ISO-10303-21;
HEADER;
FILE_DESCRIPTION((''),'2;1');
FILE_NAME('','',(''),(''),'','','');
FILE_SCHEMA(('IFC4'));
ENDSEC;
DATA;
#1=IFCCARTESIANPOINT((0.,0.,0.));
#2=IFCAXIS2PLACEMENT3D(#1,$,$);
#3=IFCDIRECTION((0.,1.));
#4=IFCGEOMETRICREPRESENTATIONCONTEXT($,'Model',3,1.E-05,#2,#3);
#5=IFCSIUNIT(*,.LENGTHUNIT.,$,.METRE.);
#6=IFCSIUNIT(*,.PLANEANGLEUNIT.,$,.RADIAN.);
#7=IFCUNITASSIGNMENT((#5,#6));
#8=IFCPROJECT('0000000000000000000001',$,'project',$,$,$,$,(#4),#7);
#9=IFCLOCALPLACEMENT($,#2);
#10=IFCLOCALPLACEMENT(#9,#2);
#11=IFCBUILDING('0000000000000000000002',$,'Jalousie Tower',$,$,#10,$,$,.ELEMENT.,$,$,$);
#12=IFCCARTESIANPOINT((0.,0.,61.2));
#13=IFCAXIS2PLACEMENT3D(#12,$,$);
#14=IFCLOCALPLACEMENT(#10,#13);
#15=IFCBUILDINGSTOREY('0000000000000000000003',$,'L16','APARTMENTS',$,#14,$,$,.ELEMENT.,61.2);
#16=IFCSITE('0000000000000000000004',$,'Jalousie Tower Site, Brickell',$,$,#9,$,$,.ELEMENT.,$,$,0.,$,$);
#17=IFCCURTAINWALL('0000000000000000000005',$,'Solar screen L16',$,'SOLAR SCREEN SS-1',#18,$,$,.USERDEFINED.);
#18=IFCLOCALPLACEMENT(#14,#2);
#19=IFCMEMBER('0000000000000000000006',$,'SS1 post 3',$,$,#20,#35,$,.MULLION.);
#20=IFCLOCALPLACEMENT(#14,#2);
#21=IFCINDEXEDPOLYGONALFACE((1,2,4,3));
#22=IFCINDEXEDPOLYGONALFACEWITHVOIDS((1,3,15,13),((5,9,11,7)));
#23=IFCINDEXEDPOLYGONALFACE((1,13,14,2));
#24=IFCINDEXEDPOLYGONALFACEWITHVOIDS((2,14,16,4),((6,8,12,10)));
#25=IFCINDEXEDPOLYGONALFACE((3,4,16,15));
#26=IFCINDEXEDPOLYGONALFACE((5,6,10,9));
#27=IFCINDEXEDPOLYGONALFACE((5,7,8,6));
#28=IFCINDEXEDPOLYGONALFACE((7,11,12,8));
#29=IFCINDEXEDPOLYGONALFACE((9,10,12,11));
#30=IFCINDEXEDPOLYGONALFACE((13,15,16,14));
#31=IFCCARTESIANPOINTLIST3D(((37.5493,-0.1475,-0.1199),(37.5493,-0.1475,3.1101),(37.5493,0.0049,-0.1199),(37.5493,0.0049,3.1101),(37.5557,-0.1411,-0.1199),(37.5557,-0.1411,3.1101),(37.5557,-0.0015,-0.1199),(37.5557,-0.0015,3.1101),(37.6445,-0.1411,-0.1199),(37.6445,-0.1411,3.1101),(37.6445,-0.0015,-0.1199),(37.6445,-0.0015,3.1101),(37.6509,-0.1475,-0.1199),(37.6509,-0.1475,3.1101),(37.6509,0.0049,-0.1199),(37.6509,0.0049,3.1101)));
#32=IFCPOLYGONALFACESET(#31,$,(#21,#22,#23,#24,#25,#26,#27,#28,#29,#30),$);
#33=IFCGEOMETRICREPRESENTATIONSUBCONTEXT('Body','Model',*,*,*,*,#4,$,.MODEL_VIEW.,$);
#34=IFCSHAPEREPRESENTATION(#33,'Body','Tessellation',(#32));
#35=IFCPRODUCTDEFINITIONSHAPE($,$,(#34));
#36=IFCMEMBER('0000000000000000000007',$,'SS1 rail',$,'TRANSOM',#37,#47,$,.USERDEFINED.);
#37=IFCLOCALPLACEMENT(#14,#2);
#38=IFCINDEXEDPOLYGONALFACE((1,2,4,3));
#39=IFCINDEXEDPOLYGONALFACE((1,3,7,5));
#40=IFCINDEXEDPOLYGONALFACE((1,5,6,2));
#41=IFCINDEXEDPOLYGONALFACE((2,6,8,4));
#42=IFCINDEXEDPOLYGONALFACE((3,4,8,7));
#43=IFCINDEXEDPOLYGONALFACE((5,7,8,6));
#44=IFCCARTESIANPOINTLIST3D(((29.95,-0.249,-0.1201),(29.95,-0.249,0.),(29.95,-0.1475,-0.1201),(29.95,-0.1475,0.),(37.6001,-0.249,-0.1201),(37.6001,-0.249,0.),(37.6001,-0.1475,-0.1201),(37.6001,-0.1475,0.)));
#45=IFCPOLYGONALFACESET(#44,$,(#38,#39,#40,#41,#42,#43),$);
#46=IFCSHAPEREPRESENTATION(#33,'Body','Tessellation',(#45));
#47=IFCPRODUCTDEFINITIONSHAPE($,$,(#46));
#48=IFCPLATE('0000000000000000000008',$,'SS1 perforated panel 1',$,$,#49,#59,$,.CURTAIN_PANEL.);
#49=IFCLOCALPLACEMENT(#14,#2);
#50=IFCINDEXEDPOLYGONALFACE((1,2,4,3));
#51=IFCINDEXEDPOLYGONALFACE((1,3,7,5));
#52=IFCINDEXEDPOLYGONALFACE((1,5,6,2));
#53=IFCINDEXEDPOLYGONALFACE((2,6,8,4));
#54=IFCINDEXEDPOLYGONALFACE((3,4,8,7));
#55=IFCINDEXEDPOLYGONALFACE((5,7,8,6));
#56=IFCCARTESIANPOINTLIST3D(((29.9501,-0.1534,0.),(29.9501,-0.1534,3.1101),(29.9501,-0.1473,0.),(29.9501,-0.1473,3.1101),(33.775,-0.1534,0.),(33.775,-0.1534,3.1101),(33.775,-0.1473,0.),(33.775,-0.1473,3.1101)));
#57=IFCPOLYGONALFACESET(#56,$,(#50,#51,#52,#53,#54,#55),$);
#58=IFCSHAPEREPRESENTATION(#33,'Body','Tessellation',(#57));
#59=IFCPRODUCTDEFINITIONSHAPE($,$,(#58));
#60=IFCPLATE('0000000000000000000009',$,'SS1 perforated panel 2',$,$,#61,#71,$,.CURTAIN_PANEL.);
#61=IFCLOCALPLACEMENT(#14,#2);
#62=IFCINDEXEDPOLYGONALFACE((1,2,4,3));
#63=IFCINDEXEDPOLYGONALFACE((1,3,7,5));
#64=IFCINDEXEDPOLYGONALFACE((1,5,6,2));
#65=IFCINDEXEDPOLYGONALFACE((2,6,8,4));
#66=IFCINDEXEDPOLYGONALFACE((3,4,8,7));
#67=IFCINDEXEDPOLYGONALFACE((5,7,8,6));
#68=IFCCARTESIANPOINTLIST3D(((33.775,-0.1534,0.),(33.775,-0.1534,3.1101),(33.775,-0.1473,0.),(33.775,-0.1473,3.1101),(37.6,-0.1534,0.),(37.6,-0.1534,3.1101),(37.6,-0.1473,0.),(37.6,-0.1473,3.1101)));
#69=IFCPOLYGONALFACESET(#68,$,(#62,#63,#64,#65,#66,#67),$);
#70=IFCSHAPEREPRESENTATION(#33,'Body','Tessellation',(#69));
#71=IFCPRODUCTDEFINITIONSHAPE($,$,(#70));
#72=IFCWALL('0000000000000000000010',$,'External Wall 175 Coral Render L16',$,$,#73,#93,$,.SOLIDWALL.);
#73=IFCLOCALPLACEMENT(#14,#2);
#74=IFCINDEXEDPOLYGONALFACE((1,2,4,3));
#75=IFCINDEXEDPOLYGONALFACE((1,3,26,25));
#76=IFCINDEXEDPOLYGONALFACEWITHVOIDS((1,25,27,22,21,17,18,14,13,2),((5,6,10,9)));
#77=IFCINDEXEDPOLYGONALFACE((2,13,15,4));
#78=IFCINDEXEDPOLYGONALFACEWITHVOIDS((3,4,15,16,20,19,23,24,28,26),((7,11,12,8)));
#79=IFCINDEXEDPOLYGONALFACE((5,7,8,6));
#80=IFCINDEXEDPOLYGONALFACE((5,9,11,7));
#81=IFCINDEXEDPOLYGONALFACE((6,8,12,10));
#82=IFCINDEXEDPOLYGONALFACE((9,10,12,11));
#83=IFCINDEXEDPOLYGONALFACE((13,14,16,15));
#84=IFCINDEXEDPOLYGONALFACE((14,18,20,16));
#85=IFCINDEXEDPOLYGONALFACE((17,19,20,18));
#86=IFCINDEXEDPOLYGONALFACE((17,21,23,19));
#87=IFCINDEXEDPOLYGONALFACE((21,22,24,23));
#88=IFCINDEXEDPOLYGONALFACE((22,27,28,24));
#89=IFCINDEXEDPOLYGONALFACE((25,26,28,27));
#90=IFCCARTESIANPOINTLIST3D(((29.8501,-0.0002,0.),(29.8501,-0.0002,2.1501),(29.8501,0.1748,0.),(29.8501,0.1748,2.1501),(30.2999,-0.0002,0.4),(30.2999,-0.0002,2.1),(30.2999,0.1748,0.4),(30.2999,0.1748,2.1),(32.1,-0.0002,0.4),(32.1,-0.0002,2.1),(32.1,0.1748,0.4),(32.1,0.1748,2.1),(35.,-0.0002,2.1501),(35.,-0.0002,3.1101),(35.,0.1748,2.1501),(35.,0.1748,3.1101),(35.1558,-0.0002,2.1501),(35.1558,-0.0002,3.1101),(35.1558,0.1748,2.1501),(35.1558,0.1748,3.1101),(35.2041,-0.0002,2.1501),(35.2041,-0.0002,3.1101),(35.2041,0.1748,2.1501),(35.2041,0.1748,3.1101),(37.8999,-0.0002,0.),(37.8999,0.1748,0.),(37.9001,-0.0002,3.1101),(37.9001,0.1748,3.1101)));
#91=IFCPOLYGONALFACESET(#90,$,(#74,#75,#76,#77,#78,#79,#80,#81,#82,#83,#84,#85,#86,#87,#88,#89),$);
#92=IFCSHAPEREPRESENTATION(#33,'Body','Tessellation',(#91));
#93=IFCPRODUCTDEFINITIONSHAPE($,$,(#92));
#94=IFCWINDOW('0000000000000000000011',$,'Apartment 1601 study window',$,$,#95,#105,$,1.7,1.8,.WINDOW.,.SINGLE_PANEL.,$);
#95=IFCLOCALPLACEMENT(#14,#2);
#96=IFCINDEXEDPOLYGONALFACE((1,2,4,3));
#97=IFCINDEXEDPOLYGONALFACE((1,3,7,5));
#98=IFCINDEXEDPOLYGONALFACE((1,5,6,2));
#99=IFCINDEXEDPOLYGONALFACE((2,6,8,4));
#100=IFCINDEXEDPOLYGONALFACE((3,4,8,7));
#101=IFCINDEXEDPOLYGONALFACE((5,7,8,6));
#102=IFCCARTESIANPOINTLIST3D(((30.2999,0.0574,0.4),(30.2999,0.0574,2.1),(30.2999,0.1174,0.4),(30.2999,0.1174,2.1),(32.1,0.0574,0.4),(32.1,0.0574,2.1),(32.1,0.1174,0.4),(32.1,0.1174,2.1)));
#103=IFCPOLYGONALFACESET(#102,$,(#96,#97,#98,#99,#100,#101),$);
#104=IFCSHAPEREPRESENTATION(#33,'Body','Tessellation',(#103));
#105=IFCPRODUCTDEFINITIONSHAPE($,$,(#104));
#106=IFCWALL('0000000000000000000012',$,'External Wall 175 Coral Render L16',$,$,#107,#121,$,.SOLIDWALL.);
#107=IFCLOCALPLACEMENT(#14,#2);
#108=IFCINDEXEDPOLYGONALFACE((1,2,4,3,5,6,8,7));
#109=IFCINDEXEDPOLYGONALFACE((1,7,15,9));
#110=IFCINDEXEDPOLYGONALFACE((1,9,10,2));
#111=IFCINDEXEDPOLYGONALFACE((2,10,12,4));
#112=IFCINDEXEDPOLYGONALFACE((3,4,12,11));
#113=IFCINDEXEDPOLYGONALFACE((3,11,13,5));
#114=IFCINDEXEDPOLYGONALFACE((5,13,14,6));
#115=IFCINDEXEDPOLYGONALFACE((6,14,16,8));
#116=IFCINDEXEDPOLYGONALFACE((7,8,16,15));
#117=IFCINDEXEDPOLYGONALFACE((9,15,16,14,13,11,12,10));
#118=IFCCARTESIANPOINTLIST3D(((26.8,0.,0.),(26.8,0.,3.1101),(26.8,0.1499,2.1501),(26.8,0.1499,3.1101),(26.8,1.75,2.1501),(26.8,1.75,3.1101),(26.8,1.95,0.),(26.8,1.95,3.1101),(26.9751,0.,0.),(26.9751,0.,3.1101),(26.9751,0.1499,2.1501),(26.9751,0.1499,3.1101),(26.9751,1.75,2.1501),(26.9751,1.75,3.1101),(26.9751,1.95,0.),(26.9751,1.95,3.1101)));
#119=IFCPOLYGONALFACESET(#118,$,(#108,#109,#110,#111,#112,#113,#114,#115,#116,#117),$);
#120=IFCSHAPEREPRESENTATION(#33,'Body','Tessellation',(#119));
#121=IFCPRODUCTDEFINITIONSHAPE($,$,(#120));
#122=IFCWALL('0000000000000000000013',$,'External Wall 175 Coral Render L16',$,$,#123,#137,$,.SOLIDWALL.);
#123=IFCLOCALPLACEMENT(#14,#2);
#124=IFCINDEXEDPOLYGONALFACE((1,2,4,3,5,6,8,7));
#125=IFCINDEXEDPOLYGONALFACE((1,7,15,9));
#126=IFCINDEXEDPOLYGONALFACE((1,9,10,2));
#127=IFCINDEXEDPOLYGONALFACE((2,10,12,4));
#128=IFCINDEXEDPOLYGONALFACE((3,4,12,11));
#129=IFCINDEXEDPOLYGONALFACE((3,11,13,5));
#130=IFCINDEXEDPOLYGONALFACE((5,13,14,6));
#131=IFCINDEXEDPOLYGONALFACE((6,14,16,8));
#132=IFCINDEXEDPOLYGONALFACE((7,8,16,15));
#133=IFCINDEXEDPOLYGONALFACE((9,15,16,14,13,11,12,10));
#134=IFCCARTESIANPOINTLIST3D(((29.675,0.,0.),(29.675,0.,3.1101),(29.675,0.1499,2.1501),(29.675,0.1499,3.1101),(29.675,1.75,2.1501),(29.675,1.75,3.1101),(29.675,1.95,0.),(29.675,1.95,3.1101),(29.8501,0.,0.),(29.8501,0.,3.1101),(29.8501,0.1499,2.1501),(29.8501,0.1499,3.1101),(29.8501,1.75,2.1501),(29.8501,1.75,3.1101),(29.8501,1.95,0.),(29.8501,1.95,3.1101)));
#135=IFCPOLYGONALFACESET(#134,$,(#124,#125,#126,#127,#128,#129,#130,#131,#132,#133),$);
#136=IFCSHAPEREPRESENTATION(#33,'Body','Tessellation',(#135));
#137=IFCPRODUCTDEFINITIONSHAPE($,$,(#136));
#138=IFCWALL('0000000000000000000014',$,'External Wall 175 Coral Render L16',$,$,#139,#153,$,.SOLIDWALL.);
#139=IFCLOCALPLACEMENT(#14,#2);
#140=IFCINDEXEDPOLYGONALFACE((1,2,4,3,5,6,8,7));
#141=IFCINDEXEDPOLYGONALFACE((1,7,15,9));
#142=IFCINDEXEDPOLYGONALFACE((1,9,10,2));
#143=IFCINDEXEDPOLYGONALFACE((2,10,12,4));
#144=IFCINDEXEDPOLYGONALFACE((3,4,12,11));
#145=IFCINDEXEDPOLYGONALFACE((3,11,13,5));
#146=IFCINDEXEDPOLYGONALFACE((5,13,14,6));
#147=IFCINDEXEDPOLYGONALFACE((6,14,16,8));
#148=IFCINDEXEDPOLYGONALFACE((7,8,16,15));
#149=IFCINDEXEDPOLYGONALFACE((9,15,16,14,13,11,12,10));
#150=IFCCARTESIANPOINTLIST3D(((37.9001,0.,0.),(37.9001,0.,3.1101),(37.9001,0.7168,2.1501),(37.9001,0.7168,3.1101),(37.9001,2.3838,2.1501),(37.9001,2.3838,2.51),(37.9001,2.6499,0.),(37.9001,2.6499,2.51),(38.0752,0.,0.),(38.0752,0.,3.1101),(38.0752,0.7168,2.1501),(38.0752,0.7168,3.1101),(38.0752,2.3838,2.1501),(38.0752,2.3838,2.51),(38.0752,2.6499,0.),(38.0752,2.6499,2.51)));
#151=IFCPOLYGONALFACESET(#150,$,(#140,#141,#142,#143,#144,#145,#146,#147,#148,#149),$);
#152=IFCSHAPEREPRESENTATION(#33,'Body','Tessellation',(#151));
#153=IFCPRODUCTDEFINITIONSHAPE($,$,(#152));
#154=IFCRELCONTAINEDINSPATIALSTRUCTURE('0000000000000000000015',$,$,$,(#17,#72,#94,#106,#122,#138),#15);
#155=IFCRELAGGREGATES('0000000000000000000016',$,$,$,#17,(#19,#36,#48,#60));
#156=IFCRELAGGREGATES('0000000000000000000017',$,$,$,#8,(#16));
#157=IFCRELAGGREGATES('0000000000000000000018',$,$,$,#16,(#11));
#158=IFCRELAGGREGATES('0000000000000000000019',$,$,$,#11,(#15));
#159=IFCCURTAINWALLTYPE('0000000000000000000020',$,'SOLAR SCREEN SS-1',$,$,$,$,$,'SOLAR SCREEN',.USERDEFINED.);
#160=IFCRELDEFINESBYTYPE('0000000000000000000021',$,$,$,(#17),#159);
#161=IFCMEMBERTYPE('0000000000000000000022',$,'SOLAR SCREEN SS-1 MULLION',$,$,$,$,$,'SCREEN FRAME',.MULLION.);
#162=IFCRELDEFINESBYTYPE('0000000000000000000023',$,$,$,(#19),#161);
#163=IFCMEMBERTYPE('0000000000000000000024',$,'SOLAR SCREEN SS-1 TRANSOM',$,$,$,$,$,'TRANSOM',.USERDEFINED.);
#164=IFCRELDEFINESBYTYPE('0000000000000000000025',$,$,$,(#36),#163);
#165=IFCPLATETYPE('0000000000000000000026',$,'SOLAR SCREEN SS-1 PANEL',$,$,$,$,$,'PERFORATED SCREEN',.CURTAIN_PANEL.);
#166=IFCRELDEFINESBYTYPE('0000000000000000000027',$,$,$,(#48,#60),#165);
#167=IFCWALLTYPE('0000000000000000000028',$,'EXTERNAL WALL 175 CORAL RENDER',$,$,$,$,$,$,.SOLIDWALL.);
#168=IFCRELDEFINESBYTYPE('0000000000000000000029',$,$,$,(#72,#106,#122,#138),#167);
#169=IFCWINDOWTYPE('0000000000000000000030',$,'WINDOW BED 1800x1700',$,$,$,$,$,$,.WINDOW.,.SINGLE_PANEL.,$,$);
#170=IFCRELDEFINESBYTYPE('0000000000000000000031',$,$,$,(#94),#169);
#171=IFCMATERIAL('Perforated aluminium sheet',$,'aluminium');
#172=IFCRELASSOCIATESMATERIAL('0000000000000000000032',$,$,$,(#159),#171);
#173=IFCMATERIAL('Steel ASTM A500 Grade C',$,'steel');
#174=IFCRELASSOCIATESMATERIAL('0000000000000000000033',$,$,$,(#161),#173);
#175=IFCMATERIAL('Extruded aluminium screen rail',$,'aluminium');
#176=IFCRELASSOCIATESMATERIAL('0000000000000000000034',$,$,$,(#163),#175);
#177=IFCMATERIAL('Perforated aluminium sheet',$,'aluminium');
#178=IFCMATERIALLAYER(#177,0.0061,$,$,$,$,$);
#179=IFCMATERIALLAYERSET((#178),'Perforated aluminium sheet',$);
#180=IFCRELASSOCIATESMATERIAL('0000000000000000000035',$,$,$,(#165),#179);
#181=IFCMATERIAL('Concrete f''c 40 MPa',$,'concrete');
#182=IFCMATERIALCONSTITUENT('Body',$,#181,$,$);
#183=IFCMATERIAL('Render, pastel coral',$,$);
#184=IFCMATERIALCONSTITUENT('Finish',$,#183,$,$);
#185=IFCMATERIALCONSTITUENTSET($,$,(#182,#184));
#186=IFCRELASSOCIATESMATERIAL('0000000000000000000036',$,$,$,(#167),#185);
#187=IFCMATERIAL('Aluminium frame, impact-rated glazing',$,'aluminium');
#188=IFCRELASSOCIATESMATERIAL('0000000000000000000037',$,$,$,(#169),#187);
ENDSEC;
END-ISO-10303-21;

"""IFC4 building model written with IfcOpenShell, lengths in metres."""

from ifc_helpers import new_model, si_unit, direction, frame, frame_2d, origin, origin_2d, place, context, subcontext, project, spatial, polyline, rectangle, hollow_rectangle, outline, extrude, material, layer, layer_set, constituent, constituent_set, material_profile, profile_set, type_object, element, fill, aggregate, save


model = new_model("IFC4")

# Units and contexts
model_context = context("Model", 3, precision=1e-05, world=origin(), true_north=direction((0.0, 1.0)))
body_context = subcontext(model_context, "Body", "Model", "MODEL_VIEW")
ifc_project = project(units=[si_unit("LENGTHUNIT", "METRE"), si_unit("PLANEANGLEUNIT", "RADIAN")], contexts=[model_context])

# Site, building, storey
site_placement = place(None, origin())
site = spatial("IfcSite", under=ifc_project, at=site_placement, Name="Jalousie Tower Site, Brickell", CompositionType="ELEMENT", RefElevation=0.0)
building_placement = place(site_placement, origin())
building = spatial("IfcBuilding", under=site, at=building_placement, Name="Jalousie Tower", CompositionType="ELEMENT")
storey_placement = place(building_placement, frame((0.0, 0.0, 61.2)))
storey = spatial("IfcBuildingStorey", under=building, at=storey_placement, Name="L16", Description="APARTMENTS", CompositionType="ELEMENT", Elevation=61.2)

# Shared definitions
ifc_material_1 = material(Name="Perforated aluminium sheet", Category="aluminium")
curtain_wall_type = type_object("IfcCurtainWallType", Name="SOLAR SCREEN SS-1", ElementType="SOLAR SCREEN", PredefinedType="USERDEFINED", material=ifc_material_1)
ifc_material_2 = material(Name="Steel ASTM A500 Grade C", Category="steel")
ifc_material_profile_1 = material_profile(ifc_material_2, hollow_rectangle(XDim=0.1016, YDim=0.1523, WallThickness=0.0063, at=origin_2d()), Name="HSS6X4X1/4")
ifc_profile_set_1 = profile_set([ifc_material_profile_1], Name="Steel ASTM A500 Grade C")
member_type_1 = type_object("IfcMemberType", Name="SOLAR SCREEN SS-1 MULLION", ElementType="SCREEN FRAME", PredefinedType="MULLION", material=ifc_profile_set_1)

# Curtain wall, members, plates
curtain_wall_1_placement = place(storey_placement, origin())
curtain_wall_1 = element("IfcCurtainWall", 1, at=curtain_wall_1_placement, inside=storey, type_object=curtain_wall_type, Name="Solar screen L16", ObjectType="SOLAR SCREEN SS-1", PredefinedType="USERDEFINED")
member_1_placement = place(storey_placement, frame((37.6001, -0.0713, -0.1199), z_axis=(0.0, 0.0, 1.0), x_axis=(1.0, 0.0, 0.0)))
member_1 = element("IfcMember", 2, at=member_1_placement, type_object=member_type_1, Name="SS1 post 3", PredefinedType="MULLION", context=body_context, shape_type="SweptSolid", body=[
    extrude(hollow_rectangle(XDim=0.1016, YDim=0.1523, WallThickness=0.0063, at=origin_2d()), origin(), (0.0, 0.0, 1.0), 3.23),
])
ifc_material_3 = material(Name="Extruded aluminium screen rail", Category="aluminium")
ifc_material_profile_2 = material_profile(ifc_material_3, rectangle(XDim=0.1016, YDim=0.1201, at=origin_2d()), Name="RAIL 102x120")
ifc_profile_set_2 = profile_set([ifc_material_profile_2], Name="Extruded aluminium screen rail")
member_type_2 = type_object("IfcMemberType", Name="SOLAR SCREEN SS-1 TRANSOM", ElementType="TRANSOM", PredefinedType="USERDEFINED", material=ifc_profile_set_2)
member_2_placement = place(storey_placement, frame((29.95, -0.1982, -0.0601), z_axis=(1.0, 0.0, 0.0), x_axis=(0.0, 1.0, 0.0)))
member_2 = element("IfcMember", 3, at=member_2_placement, type_object=member_type_2, Name="SS1 rail", ObjectType="TRANSOM", PredefinedType="USERDEFINED", context=body_context, shape_type="SweptSolid", body=[
    extrude(rectangle(XDim=0.1016, YDim=0.1201, at=origin_2d()), origin(), (0.0, 0.0, 1.0), 7.6501),
])
ifc_material_4 = material(Name="Perforated aluminium sheet", Category="aluminium")
ifc_layer_1 = layer(ifc_material_4, 0.0061)
ifc_layer_set_1 = layer_set([ifc_layer_1], Name="Perforated aluminium sheet")
plate_type = type_object("IfcPlateType", Name="SOLAR SCREEN SS-1 PANEL", ElementType="PERFORATED SCREEN", PredefinedType="CURTAIN_PANEL", material=ifc_layer_set_1)
plate_1_placement = place(storey_placement, frame((31.8625, -0.1504, 0.0), z_axis=(0.0, 0.0, 1.0), x_axis=(1.0, 0.0, 0.0)))
plate_1 = element("IfcPlate", 4, at=plate_1_placement, type_object=plate_type, Name="SS1 perforated panel 1", PredefinedType="CURTAIN_PANEL", context=body_context, shape_type="SweptSolid", body=[
    extrude(rectangle(XDim=3.825, YDim=0.0061, at=origin_2d()), origin(), (0.0, 0.0, 1.0), 3.1101),
])
plate_2_placement = place(storey_placement, frame((35.6875, -0.1504, 0.0), z_axis=(0.0, 0.0, 1.0), x_axis=(1.0, 0.0, 0.0)))
plate_2 = element("IfcPlate", 5, at=plate_2_placement, type_object=plate_type, Name="SS1 perforated panel 2", PredefinedType="CURTAIN_PANEL", context=body_context, shape_type="SweptSolid", body=[
    extrude(rectangle(XDim=3.825, YDim=0.0061, at=origin_2d()), origin(), (0.0, 0.0, 1.0), 3.1101),
])
aggregate(curtain_wall_1, [member_1, member_2, plate_1, plate_2])

# Wall, opening, window
ifc_material_5 = material(Name="Concrete f'c 40 MPa", Category="concrete")
ifc_constituent_1 = constituent(ifc_material_5, Name="Body")
ifc_material_6 = material(Name="Render, pastel coral")
ifc_constituent_2 = constituent(ifc_material_6, Name="Finish")
ifc_constituent_set_1 = constituent_set(constituents=[ifc_constituent_1, ifc_constituent_2])
wall_type_1 = type_object("IfcWallType", Name="EXTERNAL WALL 175 CORAL RENDER", PredefinedType="SOLIDWALL", material=ifc_constituent_set_1)
wall_1_placement = place(storey_placement, frame((29.8501, 0.0874, 0.0), z_axis=(0.0, 0.0, 1.0), x_axis=(1.0, 0.0, 0.0)))
wall_1 = element("IfcWall", 6, at=wall_1_placement, inside=storey, type_object=wall_type_1, Name="External Wall 175 Coral Render L16", PredefinedType="SOLIDWALL", context=body_context, shape_type="SweptSolid", body=[
    extrude(outline(polyline([(0.0, 0.0), (8.0498, 0.0), (8.05, 3.1101), (5.354, 3.1101), (5.354, 2.1501), (5.3057, 2.1501), (5.3057, 3.1101), (5.1499, 3.1101), (5.1499, 2.1501), (0.0, 2.1501), (0.0, 0.0)])), frame((0.0, 0.0874, 0.0), z_axis=(0.0, -1.0, 0.0), x_axis=(1.0, 0.0, 0.0)), (0.0, 0.0, 1.0), 0.175),
])
opening_1_placement = place(wall_1_placement, frame((0.45, 0.0, 0.3999)))
opening_1 = element("IfcOpeningElement", 7, at=opening_1_placement, cuts=wall_1, PredefinedType="OPENING", context=body_context, shape_type="SweptSolid", body=[
    extrude(rectangle(XDim=1.8, YDim=1.7, at=frame_2d((0.8999, 0.8501))), frame((0.0, 0.0974, 0.0), z_axis=(0.0, -1.0, 0.0), x_axis=(1.0, 0.0, 0.0)), (0.0, 0.0, 1.0), 0.1951),
])
ifc_material_7 = material(Name="Aluminium frame, impact-rated glazing", Category="aluminium")
window_type = type_object("IfcWindowType", Name="WINDOW BED 1800x1700", PartitioningType="SINGLE_PANEL", PredefinedType="WINDOW", material=ifc_material_7)
window_placement = place(opening_1_placement, origin())
window = element("IfcWindow", 8, at=window_placement, inside=storey, type_object=window_type, Name="Apartment 1601 study window", OverallHeight=1.7, OverallWidth=1.8, PartitioningType="SINGLE_PANEL", PredefinedType="WINDOW", context=body_context, shape_type="SweptSolid", body=[
    extrude(rectangle(XDim=1.8, YDim=1.7, at=frame_2d((0.8999, 0.8501))), frame((0.0, 0.03, 0.0), z_axis=(0.0, -1.0, 0.0), x_axis=(1.0, 0.0, 0.0)), (0.0, 0.0, 1.0), 0.0601),
])
fill(opening_1, window)

# Walls
for number, where, z_axis, x_axis, name in (
    (9, (26.8875, 0.0, 0.0), (0.0, 0.0, 1.0), (0.0, 1.0, 0.0), "External Wall 175 Coral Render L16"),
    (10, (29.7625, 0.0, 0.0), (0.0, 0.0, 1.0), (0.0, 1.0, 0.0), "External Wall 175 Coral Render L16"),
):
    element("IfcWall", number, at=place(storey_placement, frame(where, z_axis=z_axis, x_axis=x_axis)), inside=storey, type_object=wall_type_1, Name=name, PredefinedType="SOLIDWALL", context=body_context, shape_type="SweptSolid", body=[
        extrude(outline(polyline([(0.0, 0.0), (1.95, 0.0), (1.95, 3.1101), (1.75, 3.1101), (1.75, 2.1501), (0.1499, 2.1501), (0.1499, 3.1101), (0.0, 3.1101), (0.0, 0.0)])), frame((0.0, 0.0874, 0.0), z_axis=(0.0, -1.0, 0.0), x_axis=(1.0, 0.0, 0.0)), (0.0, 0.0, 1.0), 0.175),
    ])
wall_2_placement = place(storey_placement, frame((37.9875, 0.0, 0.0), z_axis=(0.0, 0.0, 1.0), x_axis=(0.0, 1.0, 0.0)))
element("IfcWall", 11, at=wall_2_placement, inside=storey, type_object=wall_type_1, Name="External Wall 175 Coral Render L16", PredefinedType="SOLIDWALL", context=body_context, shape_type="SweptSolid", body=[
    extrude(outline(polyline([(0.0, 0.0), (2.6499, 0.0), (2.6499, 2.51), (2.3838, 2.51), (2.3838, 2.1501), (0.7168, 2.1501), (0.7168, 3.1101), (0.0, 3.1101), (0.0, 0.0)])), frame((0.0, 0.0874, 0.0), z_axis=(0.0, -1.0, 0.0), x_axis=(1.0, 0.0, 0.0)), (0.0, 0.0, 1.0), 0.175),
])

save(model, "model.ifc")
